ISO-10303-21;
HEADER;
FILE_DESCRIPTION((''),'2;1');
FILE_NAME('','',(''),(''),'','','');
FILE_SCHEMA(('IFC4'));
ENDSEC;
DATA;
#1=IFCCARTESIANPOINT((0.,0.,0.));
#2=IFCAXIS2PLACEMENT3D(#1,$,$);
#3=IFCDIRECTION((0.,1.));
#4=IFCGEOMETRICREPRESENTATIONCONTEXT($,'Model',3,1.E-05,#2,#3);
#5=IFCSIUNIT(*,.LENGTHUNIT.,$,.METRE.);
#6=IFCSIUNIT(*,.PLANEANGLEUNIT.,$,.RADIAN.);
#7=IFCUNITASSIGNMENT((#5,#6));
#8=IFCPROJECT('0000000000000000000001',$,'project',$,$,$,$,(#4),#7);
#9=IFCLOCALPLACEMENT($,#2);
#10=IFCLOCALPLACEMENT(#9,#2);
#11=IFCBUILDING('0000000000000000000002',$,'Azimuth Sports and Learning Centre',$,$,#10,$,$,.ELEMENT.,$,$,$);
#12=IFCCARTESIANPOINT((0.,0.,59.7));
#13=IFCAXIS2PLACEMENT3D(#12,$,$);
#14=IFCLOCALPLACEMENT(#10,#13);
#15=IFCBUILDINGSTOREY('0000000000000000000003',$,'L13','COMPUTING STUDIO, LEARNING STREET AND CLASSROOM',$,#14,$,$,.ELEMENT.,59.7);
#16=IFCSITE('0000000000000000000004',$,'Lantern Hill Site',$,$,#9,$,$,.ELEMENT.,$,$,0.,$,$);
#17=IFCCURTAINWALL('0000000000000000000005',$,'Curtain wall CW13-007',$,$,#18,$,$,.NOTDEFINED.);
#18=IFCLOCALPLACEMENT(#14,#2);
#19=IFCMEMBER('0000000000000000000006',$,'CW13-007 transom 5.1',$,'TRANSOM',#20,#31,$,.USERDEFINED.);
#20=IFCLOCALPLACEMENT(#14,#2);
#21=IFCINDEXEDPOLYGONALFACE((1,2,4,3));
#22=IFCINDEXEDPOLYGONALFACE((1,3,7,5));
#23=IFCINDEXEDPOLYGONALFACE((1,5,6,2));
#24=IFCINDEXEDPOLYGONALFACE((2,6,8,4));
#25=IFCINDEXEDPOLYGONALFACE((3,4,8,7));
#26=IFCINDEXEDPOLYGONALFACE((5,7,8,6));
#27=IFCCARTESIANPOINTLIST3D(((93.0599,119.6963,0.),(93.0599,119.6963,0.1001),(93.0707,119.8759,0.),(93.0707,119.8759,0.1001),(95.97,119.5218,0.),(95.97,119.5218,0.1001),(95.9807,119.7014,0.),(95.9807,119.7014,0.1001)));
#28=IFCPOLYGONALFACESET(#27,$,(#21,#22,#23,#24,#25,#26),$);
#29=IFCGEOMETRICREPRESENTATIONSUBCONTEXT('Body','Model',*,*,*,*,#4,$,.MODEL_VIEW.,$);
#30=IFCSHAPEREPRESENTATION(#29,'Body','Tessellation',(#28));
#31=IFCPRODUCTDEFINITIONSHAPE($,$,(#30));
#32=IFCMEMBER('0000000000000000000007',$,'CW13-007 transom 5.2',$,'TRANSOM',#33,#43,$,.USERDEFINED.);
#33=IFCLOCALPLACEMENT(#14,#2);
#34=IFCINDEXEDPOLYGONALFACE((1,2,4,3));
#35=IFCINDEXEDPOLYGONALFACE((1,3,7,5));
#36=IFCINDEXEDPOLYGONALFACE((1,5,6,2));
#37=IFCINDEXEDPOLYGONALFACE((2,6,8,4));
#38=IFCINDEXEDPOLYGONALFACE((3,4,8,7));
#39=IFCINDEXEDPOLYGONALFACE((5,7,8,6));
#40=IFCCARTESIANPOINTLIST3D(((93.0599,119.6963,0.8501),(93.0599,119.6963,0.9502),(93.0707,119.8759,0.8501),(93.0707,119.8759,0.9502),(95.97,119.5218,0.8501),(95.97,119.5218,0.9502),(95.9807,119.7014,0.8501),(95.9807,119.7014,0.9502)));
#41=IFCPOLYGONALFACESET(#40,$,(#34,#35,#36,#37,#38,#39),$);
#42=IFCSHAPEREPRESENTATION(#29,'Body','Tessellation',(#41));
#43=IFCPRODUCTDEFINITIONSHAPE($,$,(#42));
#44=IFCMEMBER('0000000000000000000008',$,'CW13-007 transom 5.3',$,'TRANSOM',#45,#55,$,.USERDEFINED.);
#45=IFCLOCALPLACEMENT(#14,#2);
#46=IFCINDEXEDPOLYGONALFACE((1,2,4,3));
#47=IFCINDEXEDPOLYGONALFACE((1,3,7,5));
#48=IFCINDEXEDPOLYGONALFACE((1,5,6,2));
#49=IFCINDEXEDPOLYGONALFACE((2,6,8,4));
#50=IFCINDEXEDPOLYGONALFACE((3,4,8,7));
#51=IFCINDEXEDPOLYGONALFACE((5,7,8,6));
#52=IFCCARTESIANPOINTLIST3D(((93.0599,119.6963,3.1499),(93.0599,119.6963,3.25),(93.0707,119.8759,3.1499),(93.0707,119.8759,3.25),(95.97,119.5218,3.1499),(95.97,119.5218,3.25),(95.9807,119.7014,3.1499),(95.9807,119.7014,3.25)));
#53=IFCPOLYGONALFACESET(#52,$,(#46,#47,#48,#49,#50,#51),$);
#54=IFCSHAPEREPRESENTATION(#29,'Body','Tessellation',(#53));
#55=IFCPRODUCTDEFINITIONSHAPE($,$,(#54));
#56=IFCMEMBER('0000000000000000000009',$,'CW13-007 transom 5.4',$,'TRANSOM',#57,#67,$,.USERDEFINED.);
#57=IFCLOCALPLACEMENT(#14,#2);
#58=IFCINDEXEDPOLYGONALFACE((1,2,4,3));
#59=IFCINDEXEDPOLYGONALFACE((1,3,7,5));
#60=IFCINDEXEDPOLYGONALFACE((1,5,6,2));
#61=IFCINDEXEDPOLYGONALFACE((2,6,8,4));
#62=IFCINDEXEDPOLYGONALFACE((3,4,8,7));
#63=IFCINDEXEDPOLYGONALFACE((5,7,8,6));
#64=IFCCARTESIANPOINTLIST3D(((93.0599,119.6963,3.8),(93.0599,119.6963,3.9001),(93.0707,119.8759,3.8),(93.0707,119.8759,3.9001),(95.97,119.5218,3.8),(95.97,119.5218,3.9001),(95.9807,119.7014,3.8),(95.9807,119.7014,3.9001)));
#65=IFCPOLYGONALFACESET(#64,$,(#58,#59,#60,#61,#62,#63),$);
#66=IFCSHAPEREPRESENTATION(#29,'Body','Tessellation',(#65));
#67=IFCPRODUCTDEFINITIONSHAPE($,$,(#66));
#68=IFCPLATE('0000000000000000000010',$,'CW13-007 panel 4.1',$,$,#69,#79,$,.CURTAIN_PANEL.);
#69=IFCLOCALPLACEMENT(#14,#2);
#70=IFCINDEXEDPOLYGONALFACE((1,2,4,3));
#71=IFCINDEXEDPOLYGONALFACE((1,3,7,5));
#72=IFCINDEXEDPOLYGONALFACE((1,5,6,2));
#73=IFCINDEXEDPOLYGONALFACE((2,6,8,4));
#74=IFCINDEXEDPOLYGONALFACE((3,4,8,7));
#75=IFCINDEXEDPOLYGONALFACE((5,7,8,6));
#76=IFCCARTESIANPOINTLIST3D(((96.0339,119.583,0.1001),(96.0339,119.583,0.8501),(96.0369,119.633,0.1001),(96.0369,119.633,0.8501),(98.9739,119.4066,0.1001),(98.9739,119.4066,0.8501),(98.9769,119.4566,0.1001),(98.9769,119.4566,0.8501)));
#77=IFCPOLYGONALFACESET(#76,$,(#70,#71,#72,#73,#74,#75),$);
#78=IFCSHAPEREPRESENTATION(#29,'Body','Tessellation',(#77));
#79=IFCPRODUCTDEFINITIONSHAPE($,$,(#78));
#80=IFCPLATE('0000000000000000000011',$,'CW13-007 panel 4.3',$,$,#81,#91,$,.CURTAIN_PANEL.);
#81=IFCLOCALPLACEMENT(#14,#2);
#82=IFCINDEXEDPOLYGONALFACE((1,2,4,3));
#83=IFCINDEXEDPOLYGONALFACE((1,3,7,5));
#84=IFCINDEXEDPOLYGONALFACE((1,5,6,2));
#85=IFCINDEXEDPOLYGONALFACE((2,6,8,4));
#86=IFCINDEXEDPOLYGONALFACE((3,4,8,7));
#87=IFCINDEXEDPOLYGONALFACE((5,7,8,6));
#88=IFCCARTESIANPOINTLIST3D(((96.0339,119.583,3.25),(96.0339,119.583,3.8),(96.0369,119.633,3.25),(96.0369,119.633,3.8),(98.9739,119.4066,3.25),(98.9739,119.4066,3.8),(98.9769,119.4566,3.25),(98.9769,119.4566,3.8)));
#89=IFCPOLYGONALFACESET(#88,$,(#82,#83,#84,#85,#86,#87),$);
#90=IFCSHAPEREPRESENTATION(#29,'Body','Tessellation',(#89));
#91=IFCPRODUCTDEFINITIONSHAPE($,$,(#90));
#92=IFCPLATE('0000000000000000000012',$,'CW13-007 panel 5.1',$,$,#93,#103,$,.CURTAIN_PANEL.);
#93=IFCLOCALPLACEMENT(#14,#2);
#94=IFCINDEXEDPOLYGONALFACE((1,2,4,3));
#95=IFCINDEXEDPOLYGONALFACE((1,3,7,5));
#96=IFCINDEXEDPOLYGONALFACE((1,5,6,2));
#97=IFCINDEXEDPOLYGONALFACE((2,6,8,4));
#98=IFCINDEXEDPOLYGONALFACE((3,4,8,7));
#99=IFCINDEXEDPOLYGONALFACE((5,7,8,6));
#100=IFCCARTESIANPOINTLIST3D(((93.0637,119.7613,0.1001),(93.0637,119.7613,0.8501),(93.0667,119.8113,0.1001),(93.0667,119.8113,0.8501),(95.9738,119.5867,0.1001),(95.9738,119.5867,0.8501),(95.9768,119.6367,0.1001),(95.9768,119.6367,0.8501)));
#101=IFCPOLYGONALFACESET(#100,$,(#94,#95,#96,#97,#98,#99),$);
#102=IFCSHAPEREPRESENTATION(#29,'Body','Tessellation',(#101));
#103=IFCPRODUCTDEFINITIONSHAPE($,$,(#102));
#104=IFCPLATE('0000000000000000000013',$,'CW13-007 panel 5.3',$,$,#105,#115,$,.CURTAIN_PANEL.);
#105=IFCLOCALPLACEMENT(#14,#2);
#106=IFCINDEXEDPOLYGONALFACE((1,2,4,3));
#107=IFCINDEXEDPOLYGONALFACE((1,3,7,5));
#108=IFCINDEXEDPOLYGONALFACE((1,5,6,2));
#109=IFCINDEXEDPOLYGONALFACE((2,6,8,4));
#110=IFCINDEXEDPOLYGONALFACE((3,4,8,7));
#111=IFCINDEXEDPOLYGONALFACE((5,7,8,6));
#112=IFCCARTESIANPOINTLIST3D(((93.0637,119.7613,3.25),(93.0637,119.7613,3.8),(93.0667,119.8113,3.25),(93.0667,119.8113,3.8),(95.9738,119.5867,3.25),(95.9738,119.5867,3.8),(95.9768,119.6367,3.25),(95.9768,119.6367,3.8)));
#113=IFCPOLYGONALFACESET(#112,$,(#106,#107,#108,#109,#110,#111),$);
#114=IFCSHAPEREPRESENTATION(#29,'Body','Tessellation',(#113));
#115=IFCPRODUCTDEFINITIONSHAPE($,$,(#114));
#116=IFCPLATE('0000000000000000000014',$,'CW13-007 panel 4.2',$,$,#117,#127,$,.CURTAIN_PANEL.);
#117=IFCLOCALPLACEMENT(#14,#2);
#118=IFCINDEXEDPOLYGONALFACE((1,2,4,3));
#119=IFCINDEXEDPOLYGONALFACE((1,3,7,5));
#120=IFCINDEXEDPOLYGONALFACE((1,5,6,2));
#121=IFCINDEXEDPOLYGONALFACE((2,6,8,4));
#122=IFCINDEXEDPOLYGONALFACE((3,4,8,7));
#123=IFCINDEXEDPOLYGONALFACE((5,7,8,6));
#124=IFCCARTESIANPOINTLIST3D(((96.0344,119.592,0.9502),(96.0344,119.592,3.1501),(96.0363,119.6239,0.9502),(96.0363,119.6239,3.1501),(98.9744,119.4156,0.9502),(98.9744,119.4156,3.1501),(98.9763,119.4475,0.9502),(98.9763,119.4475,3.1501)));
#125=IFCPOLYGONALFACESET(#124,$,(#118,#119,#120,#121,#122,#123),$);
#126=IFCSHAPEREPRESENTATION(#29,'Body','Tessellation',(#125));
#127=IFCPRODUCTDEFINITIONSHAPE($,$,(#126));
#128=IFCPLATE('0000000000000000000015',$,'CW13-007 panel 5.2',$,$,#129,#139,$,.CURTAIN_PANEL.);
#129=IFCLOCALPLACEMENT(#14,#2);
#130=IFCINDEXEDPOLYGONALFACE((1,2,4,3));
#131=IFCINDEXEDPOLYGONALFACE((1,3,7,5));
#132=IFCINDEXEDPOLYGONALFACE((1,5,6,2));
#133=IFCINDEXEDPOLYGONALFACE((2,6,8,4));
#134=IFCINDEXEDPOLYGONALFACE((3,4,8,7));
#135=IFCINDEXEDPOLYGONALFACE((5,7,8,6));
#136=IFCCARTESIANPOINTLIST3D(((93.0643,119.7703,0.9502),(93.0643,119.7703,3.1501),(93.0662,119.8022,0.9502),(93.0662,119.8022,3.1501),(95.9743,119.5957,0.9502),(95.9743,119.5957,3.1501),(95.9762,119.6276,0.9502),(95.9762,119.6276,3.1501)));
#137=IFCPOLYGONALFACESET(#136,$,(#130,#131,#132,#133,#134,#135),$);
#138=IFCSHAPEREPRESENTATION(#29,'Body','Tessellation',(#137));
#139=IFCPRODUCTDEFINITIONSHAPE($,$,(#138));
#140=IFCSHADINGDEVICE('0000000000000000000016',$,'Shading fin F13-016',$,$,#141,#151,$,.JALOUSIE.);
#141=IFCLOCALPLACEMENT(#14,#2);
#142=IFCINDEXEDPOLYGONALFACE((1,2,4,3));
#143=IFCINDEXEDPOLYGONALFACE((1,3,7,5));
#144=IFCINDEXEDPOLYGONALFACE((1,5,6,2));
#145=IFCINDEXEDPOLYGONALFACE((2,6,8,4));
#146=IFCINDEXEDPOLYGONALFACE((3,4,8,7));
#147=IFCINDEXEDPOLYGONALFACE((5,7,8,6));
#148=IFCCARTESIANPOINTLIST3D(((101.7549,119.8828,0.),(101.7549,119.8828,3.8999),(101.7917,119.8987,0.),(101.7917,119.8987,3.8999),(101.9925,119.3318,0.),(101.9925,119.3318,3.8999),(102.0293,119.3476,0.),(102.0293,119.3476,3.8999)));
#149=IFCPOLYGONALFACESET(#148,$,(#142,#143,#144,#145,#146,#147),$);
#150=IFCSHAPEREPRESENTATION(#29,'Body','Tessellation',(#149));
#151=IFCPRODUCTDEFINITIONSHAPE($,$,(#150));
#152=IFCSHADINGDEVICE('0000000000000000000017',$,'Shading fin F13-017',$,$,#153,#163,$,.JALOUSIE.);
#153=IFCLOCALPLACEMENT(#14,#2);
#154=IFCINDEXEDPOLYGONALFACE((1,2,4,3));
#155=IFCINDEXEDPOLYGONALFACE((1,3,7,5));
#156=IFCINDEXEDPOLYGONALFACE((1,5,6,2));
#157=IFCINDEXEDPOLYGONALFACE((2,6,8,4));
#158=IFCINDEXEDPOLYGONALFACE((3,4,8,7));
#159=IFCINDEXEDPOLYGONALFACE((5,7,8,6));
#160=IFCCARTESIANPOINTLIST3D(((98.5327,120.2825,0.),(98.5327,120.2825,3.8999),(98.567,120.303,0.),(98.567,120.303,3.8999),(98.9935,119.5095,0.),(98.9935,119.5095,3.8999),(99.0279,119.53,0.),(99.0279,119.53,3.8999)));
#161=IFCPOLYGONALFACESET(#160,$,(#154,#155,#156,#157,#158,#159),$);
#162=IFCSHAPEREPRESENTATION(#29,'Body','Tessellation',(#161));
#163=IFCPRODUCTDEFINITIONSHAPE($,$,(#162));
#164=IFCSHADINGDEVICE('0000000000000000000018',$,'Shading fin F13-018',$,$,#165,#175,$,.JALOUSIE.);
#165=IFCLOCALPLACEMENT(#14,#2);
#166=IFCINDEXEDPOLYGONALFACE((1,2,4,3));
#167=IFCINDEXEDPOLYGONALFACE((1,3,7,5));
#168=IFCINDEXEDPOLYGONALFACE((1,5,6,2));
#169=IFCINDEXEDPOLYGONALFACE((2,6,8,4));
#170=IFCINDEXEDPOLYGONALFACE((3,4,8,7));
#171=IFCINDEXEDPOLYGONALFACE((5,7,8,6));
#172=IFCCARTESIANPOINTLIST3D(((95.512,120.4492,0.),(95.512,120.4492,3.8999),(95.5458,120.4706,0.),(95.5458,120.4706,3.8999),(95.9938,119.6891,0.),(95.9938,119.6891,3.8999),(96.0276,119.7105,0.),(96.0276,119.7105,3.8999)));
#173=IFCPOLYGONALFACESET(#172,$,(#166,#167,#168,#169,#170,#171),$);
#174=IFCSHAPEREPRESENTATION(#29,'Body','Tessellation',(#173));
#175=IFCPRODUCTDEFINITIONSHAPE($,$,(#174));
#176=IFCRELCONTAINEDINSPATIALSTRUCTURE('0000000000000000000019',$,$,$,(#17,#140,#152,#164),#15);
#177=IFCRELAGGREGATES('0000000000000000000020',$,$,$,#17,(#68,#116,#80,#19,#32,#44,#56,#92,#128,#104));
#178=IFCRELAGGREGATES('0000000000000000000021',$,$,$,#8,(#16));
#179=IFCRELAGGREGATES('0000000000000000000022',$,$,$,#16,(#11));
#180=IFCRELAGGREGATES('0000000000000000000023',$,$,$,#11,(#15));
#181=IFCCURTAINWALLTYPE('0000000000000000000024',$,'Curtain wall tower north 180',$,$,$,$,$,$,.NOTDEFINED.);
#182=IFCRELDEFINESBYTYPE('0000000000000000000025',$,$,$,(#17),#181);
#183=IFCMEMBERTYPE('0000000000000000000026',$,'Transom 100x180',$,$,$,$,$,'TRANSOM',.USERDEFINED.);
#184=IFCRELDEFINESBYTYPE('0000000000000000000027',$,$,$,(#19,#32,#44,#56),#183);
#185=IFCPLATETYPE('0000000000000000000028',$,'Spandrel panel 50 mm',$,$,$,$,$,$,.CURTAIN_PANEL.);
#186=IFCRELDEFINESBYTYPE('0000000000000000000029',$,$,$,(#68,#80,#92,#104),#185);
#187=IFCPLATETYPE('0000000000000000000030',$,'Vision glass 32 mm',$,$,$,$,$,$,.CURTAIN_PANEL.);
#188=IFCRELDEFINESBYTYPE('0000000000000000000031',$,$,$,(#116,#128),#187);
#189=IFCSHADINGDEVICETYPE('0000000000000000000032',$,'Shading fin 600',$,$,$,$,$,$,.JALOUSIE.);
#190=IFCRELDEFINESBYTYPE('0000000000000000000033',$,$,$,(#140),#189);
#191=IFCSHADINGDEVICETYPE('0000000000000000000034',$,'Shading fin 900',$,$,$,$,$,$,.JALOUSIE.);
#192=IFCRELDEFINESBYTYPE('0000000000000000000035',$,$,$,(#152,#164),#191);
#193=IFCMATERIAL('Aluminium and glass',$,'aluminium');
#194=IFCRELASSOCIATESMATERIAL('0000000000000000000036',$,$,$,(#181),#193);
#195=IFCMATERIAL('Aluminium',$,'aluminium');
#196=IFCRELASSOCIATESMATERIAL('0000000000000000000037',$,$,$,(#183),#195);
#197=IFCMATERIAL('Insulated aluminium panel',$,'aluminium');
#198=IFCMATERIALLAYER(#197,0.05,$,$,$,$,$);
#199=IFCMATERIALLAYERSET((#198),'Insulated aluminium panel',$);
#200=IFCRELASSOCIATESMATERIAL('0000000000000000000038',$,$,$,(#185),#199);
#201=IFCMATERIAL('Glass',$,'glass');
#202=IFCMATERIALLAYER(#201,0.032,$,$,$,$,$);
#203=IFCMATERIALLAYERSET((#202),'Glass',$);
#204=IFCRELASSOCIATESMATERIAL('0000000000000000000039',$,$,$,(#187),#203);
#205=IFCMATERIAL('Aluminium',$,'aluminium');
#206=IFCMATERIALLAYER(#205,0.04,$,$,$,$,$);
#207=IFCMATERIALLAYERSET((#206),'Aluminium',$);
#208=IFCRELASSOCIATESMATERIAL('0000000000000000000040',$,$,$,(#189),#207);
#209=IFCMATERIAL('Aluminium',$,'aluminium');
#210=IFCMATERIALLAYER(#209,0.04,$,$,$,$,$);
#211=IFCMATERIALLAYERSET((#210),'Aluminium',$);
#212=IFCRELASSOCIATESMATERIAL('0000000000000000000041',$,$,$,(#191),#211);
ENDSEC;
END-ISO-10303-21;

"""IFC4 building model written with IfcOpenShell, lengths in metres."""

from ifc_helpers import new_model, si_unit, direction, frame, origin, origin_2d, place, context, subcontext, project, spatial, rectangle, extrude, material, layer, layer_set, material_profile, profile_set, type_object, element, aggregate, save


model = new_model("IFC4")

# Units and contexts
model_context = context("Model", 3, precision=1e-05, world=origin(), true_north=direction((0.0, 1.0)))
body_context = subcontext(model_context, "Body", "Model", "MODEL_VIEW")
ifc_project = project(units=[si_unit("LENGTHUNIT", "METRE"), si_unit("PLANEANGLEUNIT", "RADIAN")], contexts=[model_context])

# Site, building, storey
site_placement = place(None, origin())
site = spatial("IfcSite", under=ifc_project, at=site_placement, Name="Lantern Hill Site", CompositionType="ELEMENT", RefElevation=0.0)
building_placement = place(site_placement, origin())
building = spatial("IfcBuilding", under=site, at=building_placement, Name="Azimuth Sports and Learning Centre", CompositionType="ELEMENT")
storey_placement = place(building_placement, frame((0.0, 0.0, 59.7)))
storey = spatial("IfcBuildingStorey", under=building, at=storey_placement, Name="L13", Description="COMPUTING STUDIO, LEARNING STREET AND CLASSROOM", CompositionType="ELEMENT", Elevation=59.7)

# Curtain wall, members, plates
ifc_material_1 = material(Name="Aluminium and glass", Category="aluminium")
curtain_wall_type = type_object("IfcCurtainWallType", Name="Curtain wall tower north 180", PredefinedType="NOTDEFINED", material=ifc_material_1)
curtain_wall_placement = place(storey_placement, origin())
curtain_wall = element("IfcCurtainWall", 1, at=curtain_wall_placement, inside=storey, type_object=curtain_wall_type, Name="Curtain wall CW13-007", PredefinedType="NOTDEFINED")
ifc_material_2 = material(Name="Aluminium", Category="aluminium")
ifc_material_profile_1 = material_profile(ifc_material_2, rectangle(XDim=0.1799, YDim=0.1001, at=origin_2d()), Name="Transom 100x180")
ifc_profile_set_1 = profile_set([ifc_material_profile_1], Name="Aluminium")
member_type_1 = type_object("IfcMemberType", Name="Transom 100x180", ElementType="TRANSOM", PredefinedType="USERDEFINED", material=ifc_profile_set_1)
member_1_placement = place(storey_placement, frame((95.9753, 119.6116, 0.05), z_axis=(-0.998206, 0.059876, 0.0), x_axis=(-0.059876, -0.998206, 0.0)))
member_1 = element("IfcMember", 2, at=member_1_placement, type_object=member_type_1, Name="CW13-007 transom 5.1", ObjectType="TRANSOM", PredefinedType="USERDEFINED", context=body_context, shape_type="SweptSolid", body=[
    extrude(rectangle(XDim=0.1799, YDim=0.1001, at=origin_2d()), origin(), (0.0, 0.0, 1.0), 2.9153),
])
member_2_placement = place(storey_placement, frame((95.9753, 119.6116, 0.9001), z_axis=(-0.998206, 0.059876, 0.0), x_axis=(-0.059876, -0.998206, 0.0)))
member_2 = element("IfcMember", 3, at=member_2_placement, type_object=member_type_1, Name="CW13-007 transom 5.2", ObjectType="TRANSOM", PredefinedType="USERDEFINED", context=body_context, shape_type="SweptSolid", body=[
    extrude(rectangle(XDim=0.1799, YDim=0.1001, at=origin_2d()), origin(), (0.0, 0.0, 1.0), 2.9153),
])
member_3_placement = place(storey_placement, frame((95.9753, 119.6116, 3.2), z_axis=(-0.998206, 0.059876, 0.0), x_axis=(-0.059876, -0.998206, 0.0)))
member_3 = element("IfcMember", 4, at=member_3_placement, type_object=member_type_1, Name="CW13-007 transom 5.3", ObjectType="TRANSOM", PredefinedType="USERDEFINED", context=body_context, shape_type="SweptSolid", body=[
    extrude(rectangle(XDim=0.1799, YDim=0.1001, at=origin_2d()), origin(), (0.0, 0.0, 1.0), 2.9153),
])
member_4_placement = place(storey_placement, frame((95.9753, 119.6116, 3.8501), z_axis=(-0.998206, 0.059876, 0.0), x_axis=(-0.059876, -0.998206, 0.0)))
member_4 = element("IfcMember", 5, at=member_4_placement, type_object=member_type_1, Name="CW13-007 transom 5.4", ObjectType="TRANSOM", PredefinedType="USERDEFINED", context=body_context, shape_type="SweptSolid", body=[
    extrude(rectangle(XDim=0.1799, YDim=0.1001, at=origin_2d()), origin(), (0.0, 0.0, 1.0), 2.9153),
])
ifc_material_3 = material(Name="Insulated aluminium panel", Category="aluminium")
ifc_layer_1 = layer(ifc_material_3, 0.05)
ifc_layer_set_1 = layer_set([ifc_layer_1], Name="Insulated aluminium panel")
plate_type_1 = type_object("IfcPlateType", Name="Spandrel panel 50 mm", PredefinedType="CURTAIN_PANEL", material=ifc_layer_set_1)
plate_1_placement = place(storey_placement, frame((97.5054, 119.5198, 0.1001), z_axis=(0.0, 0.0, 1.0), x_axis=(-0.998205, 0.059892, 0.0)))
plate_1 = element("IfcPlate", 6, at=plate_1_placement, type_object=plate_type_1, Name="CW13-007 panel 4.1", PredefinedType="CURTAIN_PANEL", context=body_context, shape_type="SweptSolid", body=[
    extrude(rectangle(XDim=2.9453, YDim=0.05, at=origin_2d()), origin(), (0.0, 0.0, 1.0), 0.75),
])
plate_2_placement = place(storey_placement, frame((97.5054, 119.5198, 3.25), z_axis=(0.0, 0.0, 1.0), x_axis=(-0.998205, 0.059892, 0.0)))
plate_2 = element("IfcPlate", 7, at=plate_2_placement, type_object=plate_type_1, Name="CW13-007 panel 4.3", PredefinedType="CURTAIN_PANEL", context=body_context, shape_type="SweptSolid", body=[
    extrude(rectangle(XDim=2.9453, YDim=0.05, at=origin_2d()), origin(), (0.0, 0.0, 1.0), 0.55),
])
plate_3_placement = place(storey_placement, frame((94.5203, 119.699, 0.1001), z_axis=(0.0, 0.0, 1.0), x_axis=(-0.998205, 0.059892, 0.0)))
plate_3 = element("IfcPlate", 8, at=plate_3_placement, type_object=plate_type_1, Name="CW13-007 panel 5.1", PredefinedType="CURTAIN_PANEL", context=body_context, shape_type="SweptSolid", body=[
    extrude(rectangle(XDim=2.9153, YDim=0.05, at=origin_2d()), origin(), (0.0, 0.0, 1.0), 0.75),
])
plate_4_placement = place(storey_placement, frame((94.5203, 119.699, 3.25), z_axis=(0.0, 0.0, 1.0), x_axis=(-0.998205, 0.059892, 0.0)))
plate_4 = element("IfcPlate", 9, at=plate_4_placement, type_object=plate_type_1, Name="CW13-007 panel 5.3", PredefinedType="CURTAIN_PANEL", context=body_context, shape_type="SweptSolid", body=[
    extrude(rectangle(XDim=2.9153, YDim=0.05, at=origin_2d()), origin(), (0.0, 0.0, 1.0), 0.55),
])
ifc_material_4 = material(Name="Glass", Category="glass")
ifc_layer_2 = layer(ifc_material_4, 0.032)
ifc_layer_set_2 = layer_set([ifc_layer_2], Name="Glass")
plate_type_2 = type_object("IfcPlateType", Name="Vision glass 32 mm", PredefinedType="CURTAIN_PANEL", material=ifc_layer_set_2)
plate_5_placement = place(storey_placement, frame((97.5054, 119.5198, 0.9502), z_axis=(0.0, 0.0, 1.0), x_axis=(-0.998205, 0.059892, 0.0)))
plate_5 = element("IfcPlate", 10, at=plate_5_placement, type_object=plate_type_2, Name="CW13-007 panel 4.2", PredefinedType="CURTAIN_PANEL", context=body_context, shape_type="SweptSolid", body=[
    extrude(rectangle(XDim=2.9453, YDim=0.032, at=origin_2d()), origin(), (0.0, 0.0, 1.0), 2.2),
])
plate_6_placement = place(storey_placement, frame((94.5203, 119.699, 0.9502), z_axis=(0.0, 0.0, 1.0), x_axis=(-0.998205, 0.059892, 0.0)))
plate_6 = element("IfcPlate", 11, at=plate_6_placement, type_object=plate_type_2, Name="CW13-007 panel 5.2", PredefinedType="CURTAIN_PANEL", context=body_context, shape_type="SweptSolid", body=[
    extrude(rectangle(XDim=2.9153, YDim=0.032, at=origin_2d()), origin(), (0.0, 0.0, 1.0), 2.2),
])
aggregate(curtain_wall, [plate_1, plate_5, plate_2, member_1, member_2, member_3, member_4, plate_3, plate_6, plate_4])

# Shading devices
ifc_material_5 = material(Name="Aluminium", Category="aluminium")
ifc_layer_3 = layer(ifc_material_5, 0.04)
ifc_layer_set_3 = layer_set([ifc_layer_3], Name="Aluminium")
shading_device_type_1 = type_object("IfcShadingDeviceType", Name="Shading fin 600", PredefinedType="JALOUSIE", material=ifc_layer_set_3)
shading_device_placement = place(storey_placement, frame((101.8921, 119.6152, 0.0), z_axis=(0.0, 0.0, 1.0), x_axis=(-0.39586, 0.918311, 0.0)))
element("IfcShadingDevice", 12, at=shading_device_placement, inside=storey, type_object=shading_device_type_1, Name="Shading fin F13-016", PredefinedType="JALOUSIE", context=body_context, shape_type="SweptSolid", body=[
    extrude(rectangle(XDim=0.6001, YDim=0.04, at=origin_2d()), origin(), (0.0, 0.0, 1.0), 3.8999),
])
ifc_material_6 = material(Name="Aluminium", Category="aluminium")
ifc_layer_4 = layer(ifc_material_6, 0.04)
ifc_layer_set_4 = layer_set([ifc_layer_4], Name="Aluminium")
shading_device_type_2 = type_object("IfcShadingDeviceType", Name="Shading fin 900", PredefinedType="JALOUSIE", material=ifc_layer_set_4)
for number, where, z_axis, x_axis, name in (
    (13, (98.7803, 119.9062, 0.0), (0.0, 0.0, 1.0), (-0.512109, 0.85892, 0.0), "Shading fin F13-017"),
    (14, (95.7698, 120.0798, 0.0), (0.0, 0.0, 1.0), (-0.535372, 0.844616, 0.0), "Shading fin F13-018"),
):
    element("IfcShadingDevice", number, at=place(storey_placement, frame(where, z_axis=z_axis, x_axis=x_axis)), inside=storey, type_object=shading_device_type_2, Name=name, PredefinedType="JALOUSIE", context=body_context, shape_type="SweptSolid", body=[
        extrude(rectangle(XDim=0.8999, YDim=0.04, at=origin_2d()), origin(), (0.0, 0.0, 1.0), 3.8999),
    ])

save(model, "model.ifc")
